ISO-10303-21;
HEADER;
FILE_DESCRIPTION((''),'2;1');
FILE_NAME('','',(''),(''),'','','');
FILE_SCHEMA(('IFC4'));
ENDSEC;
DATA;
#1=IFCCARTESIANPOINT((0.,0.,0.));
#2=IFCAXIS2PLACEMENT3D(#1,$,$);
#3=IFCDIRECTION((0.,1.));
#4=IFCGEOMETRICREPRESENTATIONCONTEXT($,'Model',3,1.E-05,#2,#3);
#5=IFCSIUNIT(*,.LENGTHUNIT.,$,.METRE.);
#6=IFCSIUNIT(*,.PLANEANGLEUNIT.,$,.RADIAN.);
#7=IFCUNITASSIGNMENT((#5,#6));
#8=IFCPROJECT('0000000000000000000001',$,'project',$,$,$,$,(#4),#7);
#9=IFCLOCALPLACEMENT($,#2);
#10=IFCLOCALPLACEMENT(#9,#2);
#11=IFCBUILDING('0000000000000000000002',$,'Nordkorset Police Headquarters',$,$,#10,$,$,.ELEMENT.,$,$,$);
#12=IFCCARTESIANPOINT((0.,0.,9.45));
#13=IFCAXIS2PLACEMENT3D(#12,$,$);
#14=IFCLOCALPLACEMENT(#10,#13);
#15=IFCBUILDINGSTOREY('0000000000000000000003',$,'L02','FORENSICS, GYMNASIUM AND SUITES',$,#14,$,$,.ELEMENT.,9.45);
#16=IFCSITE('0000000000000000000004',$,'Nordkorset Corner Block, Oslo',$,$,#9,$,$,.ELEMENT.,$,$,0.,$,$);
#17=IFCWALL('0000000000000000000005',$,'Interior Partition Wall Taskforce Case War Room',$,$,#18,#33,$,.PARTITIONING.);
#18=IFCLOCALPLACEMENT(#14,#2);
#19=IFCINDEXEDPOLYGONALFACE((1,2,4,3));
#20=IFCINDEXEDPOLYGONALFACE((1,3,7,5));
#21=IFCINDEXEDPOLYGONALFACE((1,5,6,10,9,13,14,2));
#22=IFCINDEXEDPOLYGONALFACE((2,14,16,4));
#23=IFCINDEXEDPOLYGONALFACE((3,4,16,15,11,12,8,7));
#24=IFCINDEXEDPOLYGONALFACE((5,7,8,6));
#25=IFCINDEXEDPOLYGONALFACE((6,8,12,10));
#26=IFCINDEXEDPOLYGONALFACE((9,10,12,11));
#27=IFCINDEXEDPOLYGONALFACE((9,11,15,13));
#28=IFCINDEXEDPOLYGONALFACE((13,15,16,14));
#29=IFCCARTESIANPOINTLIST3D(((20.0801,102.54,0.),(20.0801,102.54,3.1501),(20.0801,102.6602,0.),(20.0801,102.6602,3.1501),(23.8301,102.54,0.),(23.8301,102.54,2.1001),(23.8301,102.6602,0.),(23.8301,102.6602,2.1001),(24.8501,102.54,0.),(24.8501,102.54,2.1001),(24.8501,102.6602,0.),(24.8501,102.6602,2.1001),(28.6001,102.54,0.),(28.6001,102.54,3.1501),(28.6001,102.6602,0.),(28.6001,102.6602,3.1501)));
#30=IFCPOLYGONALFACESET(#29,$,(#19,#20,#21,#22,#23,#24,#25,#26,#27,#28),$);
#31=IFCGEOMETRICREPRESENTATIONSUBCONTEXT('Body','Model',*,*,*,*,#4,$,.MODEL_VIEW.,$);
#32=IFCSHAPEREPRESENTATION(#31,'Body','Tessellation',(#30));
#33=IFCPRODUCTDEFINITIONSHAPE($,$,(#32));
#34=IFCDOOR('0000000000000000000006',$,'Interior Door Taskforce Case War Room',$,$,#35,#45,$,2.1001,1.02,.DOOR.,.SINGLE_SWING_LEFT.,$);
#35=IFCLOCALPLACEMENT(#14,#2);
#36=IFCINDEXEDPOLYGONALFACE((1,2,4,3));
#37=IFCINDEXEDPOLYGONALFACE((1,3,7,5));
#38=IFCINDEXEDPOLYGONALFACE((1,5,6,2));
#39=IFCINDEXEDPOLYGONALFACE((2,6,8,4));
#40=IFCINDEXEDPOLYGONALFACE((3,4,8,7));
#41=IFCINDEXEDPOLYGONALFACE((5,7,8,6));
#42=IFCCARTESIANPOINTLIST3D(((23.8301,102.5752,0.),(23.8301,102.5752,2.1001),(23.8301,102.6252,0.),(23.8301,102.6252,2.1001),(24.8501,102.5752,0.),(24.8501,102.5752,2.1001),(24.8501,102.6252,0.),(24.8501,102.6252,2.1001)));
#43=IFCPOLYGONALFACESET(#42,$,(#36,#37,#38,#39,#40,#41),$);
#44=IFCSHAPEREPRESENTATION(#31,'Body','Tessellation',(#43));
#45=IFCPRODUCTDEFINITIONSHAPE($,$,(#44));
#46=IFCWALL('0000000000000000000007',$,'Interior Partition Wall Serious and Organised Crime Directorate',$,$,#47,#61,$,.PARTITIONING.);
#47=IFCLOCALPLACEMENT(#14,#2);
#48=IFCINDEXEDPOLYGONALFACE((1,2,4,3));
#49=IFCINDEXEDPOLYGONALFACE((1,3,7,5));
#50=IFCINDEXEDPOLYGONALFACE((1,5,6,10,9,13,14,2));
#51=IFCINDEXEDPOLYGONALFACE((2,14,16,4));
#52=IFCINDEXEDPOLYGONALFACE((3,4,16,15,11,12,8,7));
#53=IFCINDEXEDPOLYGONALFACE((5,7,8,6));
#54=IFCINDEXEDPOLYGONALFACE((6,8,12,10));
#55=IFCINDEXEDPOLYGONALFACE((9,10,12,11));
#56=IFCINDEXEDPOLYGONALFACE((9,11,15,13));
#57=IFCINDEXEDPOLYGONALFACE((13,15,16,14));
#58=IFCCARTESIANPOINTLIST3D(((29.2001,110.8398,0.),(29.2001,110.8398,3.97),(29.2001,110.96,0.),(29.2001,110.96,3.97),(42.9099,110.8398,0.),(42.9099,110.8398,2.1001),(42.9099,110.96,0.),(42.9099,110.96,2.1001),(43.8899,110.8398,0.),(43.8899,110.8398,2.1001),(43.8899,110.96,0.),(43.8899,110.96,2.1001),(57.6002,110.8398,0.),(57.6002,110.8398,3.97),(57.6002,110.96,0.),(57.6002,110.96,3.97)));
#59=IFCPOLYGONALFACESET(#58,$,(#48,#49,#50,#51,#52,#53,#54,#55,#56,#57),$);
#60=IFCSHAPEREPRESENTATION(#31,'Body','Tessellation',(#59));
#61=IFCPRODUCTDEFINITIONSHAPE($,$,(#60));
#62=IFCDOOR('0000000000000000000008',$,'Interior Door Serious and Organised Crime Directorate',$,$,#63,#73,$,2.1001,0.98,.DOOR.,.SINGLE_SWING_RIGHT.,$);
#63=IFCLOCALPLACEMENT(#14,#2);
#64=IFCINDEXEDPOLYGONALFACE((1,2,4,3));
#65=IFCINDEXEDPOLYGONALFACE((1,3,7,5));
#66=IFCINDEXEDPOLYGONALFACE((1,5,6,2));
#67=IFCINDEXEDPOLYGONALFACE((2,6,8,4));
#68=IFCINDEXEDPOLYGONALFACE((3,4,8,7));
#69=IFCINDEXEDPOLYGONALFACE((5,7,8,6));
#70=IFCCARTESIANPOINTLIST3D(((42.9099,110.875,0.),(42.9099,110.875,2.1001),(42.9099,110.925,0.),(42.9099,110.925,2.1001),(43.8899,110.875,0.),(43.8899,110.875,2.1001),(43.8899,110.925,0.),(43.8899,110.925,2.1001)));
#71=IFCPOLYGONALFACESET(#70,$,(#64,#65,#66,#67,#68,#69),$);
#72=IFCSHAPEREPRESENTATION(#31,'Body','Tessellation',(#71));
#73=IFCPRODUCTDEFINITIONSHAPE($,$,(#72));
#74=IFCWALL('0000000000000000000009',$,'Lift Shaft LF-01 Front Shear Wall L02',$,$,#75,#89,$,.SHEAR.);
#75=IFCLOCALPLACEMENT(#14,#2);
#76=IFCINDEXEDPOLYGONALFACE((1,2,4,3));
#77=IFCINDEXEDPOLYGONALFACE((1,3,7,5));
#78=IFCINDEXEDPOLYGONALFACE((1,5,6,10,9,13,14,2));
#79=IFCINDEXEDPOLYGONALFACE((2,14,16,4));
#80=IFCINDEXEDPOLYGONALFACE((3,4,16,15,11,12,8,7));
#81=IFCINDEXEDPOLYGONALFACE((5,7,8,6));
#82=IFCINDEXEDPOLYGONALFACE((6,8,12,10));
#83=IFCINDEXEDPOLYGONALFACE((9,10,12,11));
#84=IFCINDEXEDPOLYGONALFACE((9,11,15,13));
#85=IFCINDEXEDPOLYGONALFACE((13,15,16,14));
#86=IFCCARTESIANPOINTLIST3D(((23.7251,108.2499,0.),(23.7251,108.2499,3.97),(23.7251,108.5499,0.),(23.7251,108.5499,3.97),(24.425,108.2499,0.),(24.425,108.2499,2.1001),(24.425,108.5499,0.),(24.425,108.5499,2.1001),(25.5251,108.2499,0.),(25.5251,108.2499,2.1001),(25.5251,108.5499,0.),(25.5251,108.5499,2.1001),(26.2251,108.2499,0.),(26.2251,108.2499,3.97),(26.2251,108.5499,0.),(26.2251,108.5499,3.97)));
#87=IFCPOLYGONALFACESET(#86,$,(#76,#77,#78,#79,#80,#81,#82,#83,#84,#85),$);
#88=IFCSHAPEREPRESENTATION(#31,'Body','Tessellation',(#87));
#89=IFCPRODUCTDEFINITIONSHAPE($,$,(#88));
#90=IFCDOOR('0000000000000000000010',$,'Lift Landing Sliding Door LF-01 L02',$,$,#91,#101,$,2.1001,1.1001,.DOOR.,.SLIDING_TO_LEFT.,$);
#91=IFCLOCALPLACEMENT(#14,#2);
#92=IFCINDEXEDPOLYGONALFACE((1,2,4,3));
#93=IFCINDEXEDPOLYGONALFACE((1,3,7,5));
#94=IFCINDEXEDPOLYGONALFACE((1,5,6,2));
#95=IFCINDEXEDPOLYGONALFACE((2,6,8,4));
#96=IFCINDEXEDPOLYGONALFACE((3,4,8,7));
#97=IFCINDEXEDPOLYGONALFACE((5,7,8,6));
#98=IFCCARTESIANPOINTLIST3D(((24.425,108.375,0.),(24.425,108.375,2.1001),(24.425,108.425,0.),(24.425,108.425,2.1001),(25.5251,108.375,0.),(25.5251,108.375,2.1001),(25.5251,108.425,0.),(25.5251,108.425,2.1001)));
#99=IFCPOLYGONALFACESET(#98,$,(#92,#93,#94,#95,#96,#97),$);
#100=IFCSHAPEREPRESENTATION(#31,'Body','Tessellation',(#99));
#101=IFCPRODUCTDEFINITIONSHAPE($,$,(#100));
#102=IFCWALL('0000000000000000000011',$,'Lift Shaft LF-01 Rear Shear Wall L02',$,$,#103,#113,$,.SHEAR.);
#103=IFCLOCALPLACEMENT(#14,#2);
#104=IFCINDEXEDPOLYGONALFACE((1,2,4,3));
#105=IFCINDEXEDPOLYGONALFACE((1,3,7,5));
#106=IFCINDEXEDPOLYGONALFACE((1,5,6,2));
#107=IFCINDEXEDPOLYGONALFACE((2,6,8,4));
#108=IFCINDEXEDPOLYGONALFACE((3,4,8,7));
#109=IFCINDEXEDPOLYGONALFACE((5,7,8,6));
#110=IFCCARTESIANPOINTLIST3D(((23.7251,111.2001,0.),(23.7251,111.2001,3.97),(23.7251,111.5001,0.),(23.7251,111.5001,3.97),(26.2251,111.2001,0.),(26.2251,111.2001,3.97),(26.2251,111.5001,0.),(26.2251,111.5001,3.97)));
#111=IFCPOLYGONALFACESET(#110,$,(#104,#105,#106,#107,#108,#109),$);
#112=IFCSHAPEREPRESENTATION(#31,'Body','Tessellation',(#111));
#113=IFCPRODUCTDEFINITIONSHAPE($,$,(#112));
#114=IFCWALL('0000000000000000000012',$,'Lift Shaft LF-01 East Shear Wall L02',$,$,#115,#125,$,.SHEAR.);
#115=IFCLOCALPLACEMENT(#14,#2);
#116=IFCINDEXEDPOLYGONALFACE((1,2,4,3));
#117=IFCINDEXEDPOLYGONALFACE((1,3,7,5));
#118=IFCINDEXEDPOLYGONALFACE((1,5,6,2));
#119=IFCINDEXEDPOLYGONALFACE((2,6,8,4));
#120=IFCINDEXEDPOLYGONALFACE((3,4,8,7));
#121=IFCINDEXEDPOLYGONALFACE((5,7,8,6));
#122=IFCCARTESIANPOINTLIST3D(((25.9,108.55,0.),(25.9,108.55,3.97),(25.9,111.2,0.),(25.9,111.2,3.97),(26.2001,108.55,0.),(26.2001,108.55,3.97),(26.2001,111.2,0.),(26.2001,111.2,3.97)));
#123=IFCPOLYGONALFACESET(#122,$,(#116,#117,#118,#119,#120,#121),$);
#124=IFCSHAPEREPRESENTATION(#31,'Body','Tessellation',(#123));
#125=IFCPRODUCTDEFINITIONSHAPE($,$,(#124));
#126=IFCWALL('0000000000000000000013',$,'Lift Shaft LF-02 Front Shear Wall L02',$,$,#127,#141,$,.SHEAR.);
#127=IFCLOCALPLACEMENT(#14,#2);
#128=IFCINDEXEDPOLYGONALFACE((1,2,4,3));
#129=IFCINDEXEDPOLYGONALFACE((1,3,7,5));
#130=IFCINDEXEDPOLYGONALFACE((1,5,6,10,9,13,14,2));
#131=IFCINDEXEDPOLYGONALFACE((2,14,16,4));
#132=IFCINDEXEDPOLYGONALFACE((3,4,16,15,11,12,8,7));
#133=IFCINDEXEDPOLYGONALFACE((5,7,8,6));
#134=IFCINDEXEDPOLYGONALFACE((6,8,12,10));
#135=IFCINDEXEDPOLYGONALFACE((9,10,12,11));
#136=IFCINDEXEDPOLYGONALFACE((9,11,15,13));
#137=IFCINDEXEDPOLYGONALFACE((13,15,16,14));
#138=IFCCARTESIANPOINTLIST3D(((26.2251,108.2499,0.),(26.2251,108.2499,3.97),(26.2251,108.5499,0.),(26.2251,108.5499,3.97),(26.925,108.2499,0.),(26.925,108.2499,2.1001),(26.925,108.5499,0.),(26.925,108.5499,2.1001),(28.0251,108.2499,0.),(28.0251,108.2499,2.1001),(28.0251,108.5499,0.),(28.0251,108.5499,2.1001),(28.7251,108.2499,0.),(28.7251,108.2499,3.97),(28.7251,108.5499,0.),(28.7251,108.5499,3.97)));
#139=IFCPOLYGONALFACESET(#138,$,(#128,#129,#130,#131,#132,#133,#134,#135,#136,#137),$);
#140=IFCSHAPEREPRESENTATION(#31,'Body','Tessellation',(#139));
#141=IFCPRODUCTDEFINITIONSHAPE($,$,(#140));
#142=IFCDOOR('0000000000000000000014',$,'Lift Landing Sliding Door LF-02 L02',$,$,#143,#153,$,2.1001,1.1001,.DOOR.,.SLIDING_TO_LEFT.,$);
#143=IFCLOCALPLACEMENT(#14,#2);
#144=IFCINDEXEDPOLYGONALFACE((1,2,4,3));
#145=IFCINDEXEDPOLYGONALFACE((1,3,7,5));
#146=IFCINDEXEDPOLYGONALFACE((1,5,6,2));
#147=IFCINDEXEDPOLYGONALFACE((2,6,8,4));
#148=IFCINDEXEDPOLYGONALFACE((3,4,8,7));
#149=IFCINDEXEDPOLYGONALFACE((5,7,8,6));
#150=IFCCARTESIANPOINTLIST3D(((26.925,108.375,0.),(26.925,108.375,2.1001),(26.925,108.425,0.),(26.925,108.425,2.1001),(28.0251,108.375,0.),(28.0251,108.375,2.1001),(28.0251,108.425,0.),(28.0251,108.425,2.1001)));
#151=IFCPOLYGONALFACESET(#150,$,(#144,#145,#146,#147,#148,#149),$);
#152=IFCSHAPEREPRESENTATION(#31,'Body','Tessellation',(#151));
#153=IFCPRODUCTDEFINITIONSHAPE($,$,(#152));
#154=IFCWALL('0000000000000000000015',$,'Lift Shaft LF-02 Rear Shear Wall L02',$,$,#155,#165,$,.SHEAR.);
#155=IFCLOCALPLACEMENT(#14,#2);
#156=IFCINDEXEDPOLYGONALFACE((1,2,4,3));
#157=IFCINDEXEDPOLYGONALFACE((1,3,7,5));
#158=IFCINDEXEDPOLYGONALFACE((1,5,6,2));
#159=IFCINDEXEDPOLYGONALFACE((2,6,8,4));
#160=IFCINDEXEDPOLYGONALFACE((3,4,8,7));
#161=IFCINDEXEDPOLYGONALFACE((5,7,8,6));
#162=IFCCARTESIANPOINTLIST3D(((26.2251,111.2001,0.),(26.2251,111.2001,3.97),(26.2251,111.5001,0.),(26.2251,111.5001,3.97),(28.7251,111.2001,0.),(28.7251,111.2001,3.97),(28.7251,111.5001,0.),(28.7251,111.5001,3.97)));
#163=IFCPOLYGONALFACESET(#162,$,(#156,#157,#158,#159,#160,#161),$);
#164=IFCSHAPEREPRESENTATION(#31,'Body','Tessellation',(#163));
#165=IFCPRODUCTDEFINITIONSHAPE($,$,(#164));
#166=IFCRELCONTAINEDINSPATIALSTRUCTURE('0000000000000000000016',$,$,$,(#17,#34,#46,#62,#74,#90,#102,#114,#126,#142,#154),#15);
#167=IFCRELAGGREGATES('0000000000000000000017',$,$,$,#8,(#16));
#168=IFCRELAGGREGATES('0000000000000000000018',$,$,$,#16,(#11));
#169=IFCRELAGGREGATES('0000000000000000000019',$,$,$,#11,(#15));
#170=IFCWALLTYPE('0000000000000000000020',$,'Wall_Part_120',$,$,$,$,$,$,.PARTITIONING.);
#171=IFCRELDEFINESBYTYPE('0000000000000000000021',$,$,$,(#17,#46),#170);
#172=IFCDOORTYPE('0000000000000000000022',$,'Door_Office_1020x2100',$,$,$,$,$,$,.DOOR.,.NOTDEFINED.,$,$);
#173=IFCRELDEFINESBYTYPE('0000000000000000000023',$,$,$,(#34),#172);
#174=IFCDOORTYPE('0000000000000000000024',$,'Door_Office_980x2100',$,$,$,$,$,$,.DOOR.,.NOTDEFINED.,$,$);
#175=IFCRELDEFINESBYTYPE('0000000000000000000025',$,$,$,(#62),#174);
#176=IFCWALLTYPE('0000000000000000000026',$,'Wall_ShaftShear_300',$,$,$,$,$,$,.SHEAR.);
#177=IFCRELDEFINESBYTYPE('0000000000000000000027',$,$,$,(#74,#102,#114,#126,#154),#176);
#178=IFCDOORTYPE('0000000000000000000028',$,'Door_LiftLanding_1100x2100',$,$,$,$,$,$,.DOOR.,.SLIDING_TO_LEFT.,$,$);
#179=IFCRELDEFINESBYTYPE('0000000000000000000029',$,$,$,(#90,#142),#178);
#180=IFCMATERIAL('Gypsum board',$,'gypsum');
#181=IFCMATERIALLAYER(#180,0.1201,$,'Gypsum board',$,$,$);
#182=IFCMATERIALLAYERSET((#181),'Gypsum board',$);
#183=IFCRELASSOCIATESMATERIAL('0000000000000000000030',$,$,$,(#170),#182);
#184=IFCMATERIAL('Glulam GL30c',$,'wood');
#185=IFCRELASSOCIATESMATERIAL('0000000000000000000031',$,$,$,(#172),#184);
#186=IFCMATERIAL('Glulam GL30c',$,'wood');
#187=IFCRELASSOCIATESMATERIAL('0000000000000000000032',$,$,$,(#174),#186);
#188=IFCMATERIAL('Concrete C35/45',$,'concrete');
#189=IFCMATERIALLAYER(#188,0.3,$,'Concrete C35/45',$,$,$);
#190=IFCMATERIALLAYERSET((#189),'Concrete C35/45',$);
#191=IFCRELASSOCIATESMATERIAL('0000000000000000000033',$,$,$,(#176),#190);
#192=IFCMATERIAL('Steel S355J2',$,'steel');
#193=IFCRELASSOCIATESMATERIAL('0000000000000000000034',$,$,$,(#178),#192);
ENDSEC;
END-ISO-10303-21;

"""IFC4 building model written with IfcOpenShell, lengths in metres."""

from ifc_helpers import new_model, si_unit, direction, frame, frame_2d, origin, place, context, subcontext, project, spatial, rectangle, extrude, material, layer, layer_set, type_object, element, fill, save


model = new_model("IFC4")

# Units and contexts
model_context = context("Model", 3, precision=1e-05, world=origin(), true_north=direction((0.0, 1.0)))
body_context = subcontext(model_context, "Body", "Model", "MODEL_VIEW")
ifc_project = project(units=[si_unit("LENGTHUNIT", "METRE"), si_unit("PLANEANGLEUNIT", "RADIAN")], contexts=[model_context])

# Site, building, storey
site_placement = place(None, origin())
site = spatial("IfcSite", under=ifc_project, at=site_placement, Name="Nordkorset Corner Block, Oslo", CompositionType="ELEMENT", RefElevation=0.0)
building_placement = place(site_placement, origin())
building = spatial("IfcBuilding", under=site, at=building_placement, Name="Nordkorset Police Headquarters", CompositionType="ELEMENT")
storey_placement = place(building_placement, frame((0.0, 0.0, 9.45)))
storey = spatial("IfcBuildingStorey", under=building, at=storey_placement, Name="L02", Description="FORENSICS, GYMNASIUM AND SUITES", CompositionType="ELEMENT", Elevation=9.45)

# Walls, openings, doors
ifc_material_1 = material(Name="Gypsum board", Category="gypsum")
ifc_layer_1 = layer(ifc_material_1, 0.1201, Name="Gypsum board")
ifc_layer_set_1 = layer_set([ifc_layer_1], Name="Gypsum board")
wall_type_1 = type_object("IfcWallType", Name="Wall_Part_120", PredefinedType="PARTITIONING", material=ifc_layer_set_1)
wall_1_placement = place(storey_placement, frame((28.6001, 102.6001, 0.0), z_axis=(0.0, 0.0, 1.0), x_axis=(-1.0, 0.0, 0.0)))
wall_1 = element("IfcWall", 1, at=wall_1_placement, inside=storey, type_object=wall_type_1, Name="Interior Partition Wall Taskforce Case War Room", PredefinedType="PARTITIONING", context=body_context, shape_type="SweptSolid", body=[
    extrude(rectangle(XDim=8.52, YDim=0.1201, at=frame_2d((4.26, 0.0))), origin(), (0.0, 0.0, 1.0), 3.1501),
])
opening_1_placement = place(wall_1_placement, frame((3.75, 0.0, 0.0)))
opening_1 = element("IfcOpeningElement", 2, at=opening_1_placement, cuts=wall_1, PredefinedType="OPENING", context=body_context, shape_type="SweptSolid", body=[
    extrude(rectangle(XDim=1.02, YDim=2.1001, at=frame_2d((0.51, 1.05))), frame((0.0, 0.0701, 0.0), z_axis=(0.0, -1.0, 0.0), x_axis=(1.0, 0.0, 0.0)), (0.0, 0.0, 1.0), 0.1401),
])
ifc_material_2 = material(Name="Glulam GL30c", Category="wood")
door_type_1 = type_object("IfcDoorType", Name="Door_Office_1020x2100", OperationType="NOTDEFINED", PredefinedType="DOOR", material=ifc_material_2)
door_1_placement = place(opening_1_placement, origin())
door_1 = element("IfcDoor", 3, at=door_1_placement, inside=storey, type_object=door_type_1, Name="Interior Door Taskforce Case War Room", OperationType="SINGLE_SWING_LEFT", OverallHeight=2.1001, OverallWidth=1.02, PredefinedType="DOOR", context=body_context, shape_type="SweptSolid", body=[
    extrude(rectangle(XDim=1.02, YDim=2.1001, at=frame_2d((0.51, 1.05))), frame((0.0, 0.0249, 0.0), z_axis=(0.0, -1.0, 0.0), x_axis=(1.0, 0.0, 0.0)), (0.0, 0.0, 1.0), 0.05),
])
fill(opening_1, door_1)
wall_2_placement = place(storey_placement, frame((29.2, 110.8999, 0.0), z_axis=(0.0, 0.0, 1.0), x_axis=(1.0, 0.0, 0.0)))
wall_2 = element("IfcWall", 4, at=wall_2_placement, inside=storey, type_object=wall_type_1, Name="Interior Partition Wall Serious and Organised Crime Directorate", PredefinedType="PARTITIONING", context=body_context, shape_type="SweptSolid", body=[
    extrude(rectangle(XDim=28.4001, YDim=0.1201, at=frame_2d((14.2002, 0.0))), origin(), (0.0, 0.0, 1.0), 3.97),
])
opening_2_placement = place(wall_2_placement, frame((13.71, 0.0, 0.0)))
opening_2 = element("IfcOpeningElement", 5, at=opening_2_placement, cuts=wall_2, PredefinedType="OPENING", context=body_context, shape_type="SweptSolid", body=[
    extrude(rectangle(XDim=0.98, YDim=2.1001, at=frame_2d((0.49, 1.05))), frame((0.0, 0.0701, 0.0), z_axis=(0.0, -1.0, 0.0), x_axis=(1.0, 0.0, 0.0)), (0.0, 0.0, 1.0), 0.1401),
])
ifc_material_3 = material(Name="Glulam GL30c", Category="wood")
door_type_2 = type_object("IfcDoorType", Name="Door_Office_980x2100", OperationType="NOTDEFINED", PredefinedType="DOOR", material=ifc_material_3)
door_2_placement = place(opening_2_placement, frame((0.98, 0.0, 0.0), z_axis=(0.0, 0.0, 1.0), x_axis=(-1.0, 0.0, 0.0)))
door_2 = element("IfcDoor", 6, at=door_2_placement, inside=storey, type_object=door_type_2, Name="Interior Door Serious and Organised Crime Directorate", OperationType="SINGLE_SWING_RIGHT", OverallHeight=2.1001, OverallWidth=0.98, PredefinedType="DOOR", context=body_context, shape_type="SweptSolid", body=[
    extrude(rectangle(XDim=0.98, YDim=2.1001, at=frame_2d((0.49, 1.05))), frame((0.0, 0.0249, 0.0), z_axis=(0.0, -1.0, 0.0), x_axis=(1.0, 0.0, 0.0)), (0.0, 0.0, 1.0), 0.05),
])
fill(opening_2, door_2)
ifc_material_4 = material(Name="Concrete C35/45", Category="concrete")
ifc_layer_2 = layer(ifc_material_4, 0.3, Name="Concrete C35/45")
ifc_layer_set_2 = layer_set([ifc_layer_2], Name="Concrete C35/45")
wall_type_2 = type_object("IfcWallType", Name="Wall_ShaftShear_300", PredefinedType="SHEAR", material=ifc_layer_set_2)
wall_3_placement = place(storey_placement, frame((23.7251, 108.3999, 0.0), z_axis=(0.0, 0.0, 1.0), x_axis=(1.0, 0.0, 0.0)))
wall_3 = element("IfcWall", 7, at=wall_3_placement, inside=storey, type_object=wall_type_2, Name="Lift Shaft LF-01 Front Shear Wall L02", PredefinedType="SHEAR", context=body_context, shape_type="SweptSolid", body=[
    extrude(rectangle(XDim=2.5, YDim=0.3, at=frame_2d((1.25, 0.0))), origin(), (0.0, 0.0, 1.0), 3.97),
])
opening_3_placement = place(wall_3_placement, frame((0.7, 0.0, 0.0)))
opening_3 = element("IfcOpeningElement", 8, at=opening_3_placement, cuts=wall_3, PredefinedType="OPENING", context=body_context, shape_type="SweptSolid", body=[
    extrude(rectangle(XDim=1.1001, YDim=2.1001, at=frame_2d((0.55, 1.05))), frame((0.0, 0.1602, 0.0), z_axis=(0.0, -1.0, 0.0), x_axis=(1.0, 0.0, 0.0)), (0.0, 0.0, 1.0), 0.3201),
])
ifc_material_5 = material(Name="Steel S355J2", Category="steel")
door_type_3 = type_object("IfcDoorType", Name="Door_LiftLanding_1100x2100", OperationType="SLIDING_TO_LEFT", PredefinedType="DOOR", material=ifc_material_5)
door_3_placement = place(opening_3_placement, frame((1.1001, 0.0, 0.0), z_axis=(0.0, 0.0, 1.0), x_axis=(-1.0, 0.0, 0.0)))
door_3 = element("IfcDoor", 9, at=door_3_placement, inside=storey, type_object=door_type_3, Name="Lift Landing Sliding Door LF-01 L02", OperationType="SLIDING_TO_LEFT", OverallHeight=2.1001, OverallWidth=1.1001, PredefinedType="DOOR", context=body_context, shape_type="SweptSolid", body=[
    extrude(rectangle(XDim=1.1001, YDim=2.1001, at=frame_2d((0.55, 1.05))), frame((0.0, 0.0249, 0.0), z_axis=(0.0, -1.0, 0.0), x_axis=(1.0, 0.0, 0.0)), (0.0, 0.0, 1.0), 0.05),
])
fill(opening_3, door_3)

# Walls
wall_4_placement = place(storey_placement, frame((23.7251, 111.3501, 0.0), z_axis=(0.0, 0.0, 1.0), x_axis=(1.0, 0.0, 0.0)))
element("IfcWall", 10, at=wall_4_placement, inside=storey, type_object=wall_type_2, Name="Lift Shaft LF-01 Rear Shear Wall L02", PredefinedType="SHEAR", context=body_context, shape_type="SweptSolid", body=[
    extrude(rectangle(XDim=2.5, YDim=0.3, at=frame_2d((1.25, 0.0))), origin(), (0.0, 0.0, 1.0), 3.97),
])
wall_5_placement = place(storey_placement, frame((26.05, 108.55, 0.0), z_axis=(0.0, 0.0, 1.0), x_axis=(0.0, 1.0, 0.0)))
element("IfcWall", 11, at=wall_5_placement, inside=storey, type_object=wall_type_2, Name="Lift Shaft LF-01 East Shear Wall L02", PredefinedType="SHEAR", context=body_context, shape_type="SweptSolid", body=[
    extrude(rectangle(XDim=2.6499, YDim=0.3, at=frame_2d((1.325, 0.0))), origin(), (0.0, 0.0, 1.0), 3.97),
])

# Wall, opening, door
wall_6_placement = place(storey_placement, frame((26.2251, 108.3999, 0.0), z_axis=(0.0, 0.0, 1.0), x_axis=(1.0, 0.0, 0.0)))
wall_6 = element("IfcWall", 12, at=wall_6_placement, inside=storey, type_object=wall_type_2, Name="Lift Shaft LF-02 Front Shear Wall L02", PredefinedType="SHEAR", context=body_context, shape_type="SweptSolid", body=[
    extrude(rectangle(XDim=2.5, YDim=0.3, at=frame_2d((1.25, 0.0))), origin(), (0.0, 0.0, 1.0), 3.97),
])
opening_4_placement = place(wall_6_placement, frame((0.7, 0.0, 0.0)))
opening_4 = element("IfcOpeningElement", 13, at=opening_4_placement, cuts=wall_6, PredefinedType="OPENING", context=body_context, shape_type="SweptSolid", body=[
    extrude(rectangle(XDim=1.1001, YDim=2.1001, at=frame_2d((0.55, 1.05))), frame((0.0, 0.1602, 0.0), z_axis=(0.0, -1.0, 0.0), x_axis=(1.0, 0.0, 0.0)), (0.0, 0.0, 1.0), 0.3201),
])
door_4_placement = place(opening_4_placement, frame((1.1001, 0.0, 0.0), z_axis=(0.0, 0.0, 1.0), x_axis=(-1.0, 0.0, 0.0)))
door_4 = element("IfcDoor", 14, at=door_4_placement, inside=storey, type_object=door_type_3, Name="Lift Landing Sliding Door LF-02 L02", OperationType="SLIDING_TO_LEFT", OverallHeight=2.1001, OverallWidth=1.1001, PredefinedType="DOOR", context=body_context, shape_type="SweptSolid", body=[
    extrude(rectangle(XDim=1.1001, YDim=2.1001, at=frame_2d((0.55, 1.05))), frame((0.0, 0.0249, 0.0), z_axis=(0.0, -1.0, 0.0), x_axis=(1.0, 0.0, 0.0)), (0.0, 0.0, 1.0), 0.05),
])
fill(opening_4, door_4)

# Wall
wall_7_placement = place(storey_placement, frame((26.2251, 111.3501, 0.0), z_axis=(0.0, 0.0, 1.0), x_axis=(1.0, 0.0, 0.0)))
element("IfcWall", 15, at=wall_7_placement, inside=storey, type_object=wall_type_2, Name="Lift Shaft LF-02 Rear Shear Wall L02", PredefinedType="SHEAR", context=body_context, shape_type="SweptSolid", body=[
    extrude(rectangle(XDim=2.5, YDim=0.3, at=frame_2d((1.25, 0.0))), origin(), (0.0, 0.0, 1.0), 3.97),
])

save(model, "model.ifc")
